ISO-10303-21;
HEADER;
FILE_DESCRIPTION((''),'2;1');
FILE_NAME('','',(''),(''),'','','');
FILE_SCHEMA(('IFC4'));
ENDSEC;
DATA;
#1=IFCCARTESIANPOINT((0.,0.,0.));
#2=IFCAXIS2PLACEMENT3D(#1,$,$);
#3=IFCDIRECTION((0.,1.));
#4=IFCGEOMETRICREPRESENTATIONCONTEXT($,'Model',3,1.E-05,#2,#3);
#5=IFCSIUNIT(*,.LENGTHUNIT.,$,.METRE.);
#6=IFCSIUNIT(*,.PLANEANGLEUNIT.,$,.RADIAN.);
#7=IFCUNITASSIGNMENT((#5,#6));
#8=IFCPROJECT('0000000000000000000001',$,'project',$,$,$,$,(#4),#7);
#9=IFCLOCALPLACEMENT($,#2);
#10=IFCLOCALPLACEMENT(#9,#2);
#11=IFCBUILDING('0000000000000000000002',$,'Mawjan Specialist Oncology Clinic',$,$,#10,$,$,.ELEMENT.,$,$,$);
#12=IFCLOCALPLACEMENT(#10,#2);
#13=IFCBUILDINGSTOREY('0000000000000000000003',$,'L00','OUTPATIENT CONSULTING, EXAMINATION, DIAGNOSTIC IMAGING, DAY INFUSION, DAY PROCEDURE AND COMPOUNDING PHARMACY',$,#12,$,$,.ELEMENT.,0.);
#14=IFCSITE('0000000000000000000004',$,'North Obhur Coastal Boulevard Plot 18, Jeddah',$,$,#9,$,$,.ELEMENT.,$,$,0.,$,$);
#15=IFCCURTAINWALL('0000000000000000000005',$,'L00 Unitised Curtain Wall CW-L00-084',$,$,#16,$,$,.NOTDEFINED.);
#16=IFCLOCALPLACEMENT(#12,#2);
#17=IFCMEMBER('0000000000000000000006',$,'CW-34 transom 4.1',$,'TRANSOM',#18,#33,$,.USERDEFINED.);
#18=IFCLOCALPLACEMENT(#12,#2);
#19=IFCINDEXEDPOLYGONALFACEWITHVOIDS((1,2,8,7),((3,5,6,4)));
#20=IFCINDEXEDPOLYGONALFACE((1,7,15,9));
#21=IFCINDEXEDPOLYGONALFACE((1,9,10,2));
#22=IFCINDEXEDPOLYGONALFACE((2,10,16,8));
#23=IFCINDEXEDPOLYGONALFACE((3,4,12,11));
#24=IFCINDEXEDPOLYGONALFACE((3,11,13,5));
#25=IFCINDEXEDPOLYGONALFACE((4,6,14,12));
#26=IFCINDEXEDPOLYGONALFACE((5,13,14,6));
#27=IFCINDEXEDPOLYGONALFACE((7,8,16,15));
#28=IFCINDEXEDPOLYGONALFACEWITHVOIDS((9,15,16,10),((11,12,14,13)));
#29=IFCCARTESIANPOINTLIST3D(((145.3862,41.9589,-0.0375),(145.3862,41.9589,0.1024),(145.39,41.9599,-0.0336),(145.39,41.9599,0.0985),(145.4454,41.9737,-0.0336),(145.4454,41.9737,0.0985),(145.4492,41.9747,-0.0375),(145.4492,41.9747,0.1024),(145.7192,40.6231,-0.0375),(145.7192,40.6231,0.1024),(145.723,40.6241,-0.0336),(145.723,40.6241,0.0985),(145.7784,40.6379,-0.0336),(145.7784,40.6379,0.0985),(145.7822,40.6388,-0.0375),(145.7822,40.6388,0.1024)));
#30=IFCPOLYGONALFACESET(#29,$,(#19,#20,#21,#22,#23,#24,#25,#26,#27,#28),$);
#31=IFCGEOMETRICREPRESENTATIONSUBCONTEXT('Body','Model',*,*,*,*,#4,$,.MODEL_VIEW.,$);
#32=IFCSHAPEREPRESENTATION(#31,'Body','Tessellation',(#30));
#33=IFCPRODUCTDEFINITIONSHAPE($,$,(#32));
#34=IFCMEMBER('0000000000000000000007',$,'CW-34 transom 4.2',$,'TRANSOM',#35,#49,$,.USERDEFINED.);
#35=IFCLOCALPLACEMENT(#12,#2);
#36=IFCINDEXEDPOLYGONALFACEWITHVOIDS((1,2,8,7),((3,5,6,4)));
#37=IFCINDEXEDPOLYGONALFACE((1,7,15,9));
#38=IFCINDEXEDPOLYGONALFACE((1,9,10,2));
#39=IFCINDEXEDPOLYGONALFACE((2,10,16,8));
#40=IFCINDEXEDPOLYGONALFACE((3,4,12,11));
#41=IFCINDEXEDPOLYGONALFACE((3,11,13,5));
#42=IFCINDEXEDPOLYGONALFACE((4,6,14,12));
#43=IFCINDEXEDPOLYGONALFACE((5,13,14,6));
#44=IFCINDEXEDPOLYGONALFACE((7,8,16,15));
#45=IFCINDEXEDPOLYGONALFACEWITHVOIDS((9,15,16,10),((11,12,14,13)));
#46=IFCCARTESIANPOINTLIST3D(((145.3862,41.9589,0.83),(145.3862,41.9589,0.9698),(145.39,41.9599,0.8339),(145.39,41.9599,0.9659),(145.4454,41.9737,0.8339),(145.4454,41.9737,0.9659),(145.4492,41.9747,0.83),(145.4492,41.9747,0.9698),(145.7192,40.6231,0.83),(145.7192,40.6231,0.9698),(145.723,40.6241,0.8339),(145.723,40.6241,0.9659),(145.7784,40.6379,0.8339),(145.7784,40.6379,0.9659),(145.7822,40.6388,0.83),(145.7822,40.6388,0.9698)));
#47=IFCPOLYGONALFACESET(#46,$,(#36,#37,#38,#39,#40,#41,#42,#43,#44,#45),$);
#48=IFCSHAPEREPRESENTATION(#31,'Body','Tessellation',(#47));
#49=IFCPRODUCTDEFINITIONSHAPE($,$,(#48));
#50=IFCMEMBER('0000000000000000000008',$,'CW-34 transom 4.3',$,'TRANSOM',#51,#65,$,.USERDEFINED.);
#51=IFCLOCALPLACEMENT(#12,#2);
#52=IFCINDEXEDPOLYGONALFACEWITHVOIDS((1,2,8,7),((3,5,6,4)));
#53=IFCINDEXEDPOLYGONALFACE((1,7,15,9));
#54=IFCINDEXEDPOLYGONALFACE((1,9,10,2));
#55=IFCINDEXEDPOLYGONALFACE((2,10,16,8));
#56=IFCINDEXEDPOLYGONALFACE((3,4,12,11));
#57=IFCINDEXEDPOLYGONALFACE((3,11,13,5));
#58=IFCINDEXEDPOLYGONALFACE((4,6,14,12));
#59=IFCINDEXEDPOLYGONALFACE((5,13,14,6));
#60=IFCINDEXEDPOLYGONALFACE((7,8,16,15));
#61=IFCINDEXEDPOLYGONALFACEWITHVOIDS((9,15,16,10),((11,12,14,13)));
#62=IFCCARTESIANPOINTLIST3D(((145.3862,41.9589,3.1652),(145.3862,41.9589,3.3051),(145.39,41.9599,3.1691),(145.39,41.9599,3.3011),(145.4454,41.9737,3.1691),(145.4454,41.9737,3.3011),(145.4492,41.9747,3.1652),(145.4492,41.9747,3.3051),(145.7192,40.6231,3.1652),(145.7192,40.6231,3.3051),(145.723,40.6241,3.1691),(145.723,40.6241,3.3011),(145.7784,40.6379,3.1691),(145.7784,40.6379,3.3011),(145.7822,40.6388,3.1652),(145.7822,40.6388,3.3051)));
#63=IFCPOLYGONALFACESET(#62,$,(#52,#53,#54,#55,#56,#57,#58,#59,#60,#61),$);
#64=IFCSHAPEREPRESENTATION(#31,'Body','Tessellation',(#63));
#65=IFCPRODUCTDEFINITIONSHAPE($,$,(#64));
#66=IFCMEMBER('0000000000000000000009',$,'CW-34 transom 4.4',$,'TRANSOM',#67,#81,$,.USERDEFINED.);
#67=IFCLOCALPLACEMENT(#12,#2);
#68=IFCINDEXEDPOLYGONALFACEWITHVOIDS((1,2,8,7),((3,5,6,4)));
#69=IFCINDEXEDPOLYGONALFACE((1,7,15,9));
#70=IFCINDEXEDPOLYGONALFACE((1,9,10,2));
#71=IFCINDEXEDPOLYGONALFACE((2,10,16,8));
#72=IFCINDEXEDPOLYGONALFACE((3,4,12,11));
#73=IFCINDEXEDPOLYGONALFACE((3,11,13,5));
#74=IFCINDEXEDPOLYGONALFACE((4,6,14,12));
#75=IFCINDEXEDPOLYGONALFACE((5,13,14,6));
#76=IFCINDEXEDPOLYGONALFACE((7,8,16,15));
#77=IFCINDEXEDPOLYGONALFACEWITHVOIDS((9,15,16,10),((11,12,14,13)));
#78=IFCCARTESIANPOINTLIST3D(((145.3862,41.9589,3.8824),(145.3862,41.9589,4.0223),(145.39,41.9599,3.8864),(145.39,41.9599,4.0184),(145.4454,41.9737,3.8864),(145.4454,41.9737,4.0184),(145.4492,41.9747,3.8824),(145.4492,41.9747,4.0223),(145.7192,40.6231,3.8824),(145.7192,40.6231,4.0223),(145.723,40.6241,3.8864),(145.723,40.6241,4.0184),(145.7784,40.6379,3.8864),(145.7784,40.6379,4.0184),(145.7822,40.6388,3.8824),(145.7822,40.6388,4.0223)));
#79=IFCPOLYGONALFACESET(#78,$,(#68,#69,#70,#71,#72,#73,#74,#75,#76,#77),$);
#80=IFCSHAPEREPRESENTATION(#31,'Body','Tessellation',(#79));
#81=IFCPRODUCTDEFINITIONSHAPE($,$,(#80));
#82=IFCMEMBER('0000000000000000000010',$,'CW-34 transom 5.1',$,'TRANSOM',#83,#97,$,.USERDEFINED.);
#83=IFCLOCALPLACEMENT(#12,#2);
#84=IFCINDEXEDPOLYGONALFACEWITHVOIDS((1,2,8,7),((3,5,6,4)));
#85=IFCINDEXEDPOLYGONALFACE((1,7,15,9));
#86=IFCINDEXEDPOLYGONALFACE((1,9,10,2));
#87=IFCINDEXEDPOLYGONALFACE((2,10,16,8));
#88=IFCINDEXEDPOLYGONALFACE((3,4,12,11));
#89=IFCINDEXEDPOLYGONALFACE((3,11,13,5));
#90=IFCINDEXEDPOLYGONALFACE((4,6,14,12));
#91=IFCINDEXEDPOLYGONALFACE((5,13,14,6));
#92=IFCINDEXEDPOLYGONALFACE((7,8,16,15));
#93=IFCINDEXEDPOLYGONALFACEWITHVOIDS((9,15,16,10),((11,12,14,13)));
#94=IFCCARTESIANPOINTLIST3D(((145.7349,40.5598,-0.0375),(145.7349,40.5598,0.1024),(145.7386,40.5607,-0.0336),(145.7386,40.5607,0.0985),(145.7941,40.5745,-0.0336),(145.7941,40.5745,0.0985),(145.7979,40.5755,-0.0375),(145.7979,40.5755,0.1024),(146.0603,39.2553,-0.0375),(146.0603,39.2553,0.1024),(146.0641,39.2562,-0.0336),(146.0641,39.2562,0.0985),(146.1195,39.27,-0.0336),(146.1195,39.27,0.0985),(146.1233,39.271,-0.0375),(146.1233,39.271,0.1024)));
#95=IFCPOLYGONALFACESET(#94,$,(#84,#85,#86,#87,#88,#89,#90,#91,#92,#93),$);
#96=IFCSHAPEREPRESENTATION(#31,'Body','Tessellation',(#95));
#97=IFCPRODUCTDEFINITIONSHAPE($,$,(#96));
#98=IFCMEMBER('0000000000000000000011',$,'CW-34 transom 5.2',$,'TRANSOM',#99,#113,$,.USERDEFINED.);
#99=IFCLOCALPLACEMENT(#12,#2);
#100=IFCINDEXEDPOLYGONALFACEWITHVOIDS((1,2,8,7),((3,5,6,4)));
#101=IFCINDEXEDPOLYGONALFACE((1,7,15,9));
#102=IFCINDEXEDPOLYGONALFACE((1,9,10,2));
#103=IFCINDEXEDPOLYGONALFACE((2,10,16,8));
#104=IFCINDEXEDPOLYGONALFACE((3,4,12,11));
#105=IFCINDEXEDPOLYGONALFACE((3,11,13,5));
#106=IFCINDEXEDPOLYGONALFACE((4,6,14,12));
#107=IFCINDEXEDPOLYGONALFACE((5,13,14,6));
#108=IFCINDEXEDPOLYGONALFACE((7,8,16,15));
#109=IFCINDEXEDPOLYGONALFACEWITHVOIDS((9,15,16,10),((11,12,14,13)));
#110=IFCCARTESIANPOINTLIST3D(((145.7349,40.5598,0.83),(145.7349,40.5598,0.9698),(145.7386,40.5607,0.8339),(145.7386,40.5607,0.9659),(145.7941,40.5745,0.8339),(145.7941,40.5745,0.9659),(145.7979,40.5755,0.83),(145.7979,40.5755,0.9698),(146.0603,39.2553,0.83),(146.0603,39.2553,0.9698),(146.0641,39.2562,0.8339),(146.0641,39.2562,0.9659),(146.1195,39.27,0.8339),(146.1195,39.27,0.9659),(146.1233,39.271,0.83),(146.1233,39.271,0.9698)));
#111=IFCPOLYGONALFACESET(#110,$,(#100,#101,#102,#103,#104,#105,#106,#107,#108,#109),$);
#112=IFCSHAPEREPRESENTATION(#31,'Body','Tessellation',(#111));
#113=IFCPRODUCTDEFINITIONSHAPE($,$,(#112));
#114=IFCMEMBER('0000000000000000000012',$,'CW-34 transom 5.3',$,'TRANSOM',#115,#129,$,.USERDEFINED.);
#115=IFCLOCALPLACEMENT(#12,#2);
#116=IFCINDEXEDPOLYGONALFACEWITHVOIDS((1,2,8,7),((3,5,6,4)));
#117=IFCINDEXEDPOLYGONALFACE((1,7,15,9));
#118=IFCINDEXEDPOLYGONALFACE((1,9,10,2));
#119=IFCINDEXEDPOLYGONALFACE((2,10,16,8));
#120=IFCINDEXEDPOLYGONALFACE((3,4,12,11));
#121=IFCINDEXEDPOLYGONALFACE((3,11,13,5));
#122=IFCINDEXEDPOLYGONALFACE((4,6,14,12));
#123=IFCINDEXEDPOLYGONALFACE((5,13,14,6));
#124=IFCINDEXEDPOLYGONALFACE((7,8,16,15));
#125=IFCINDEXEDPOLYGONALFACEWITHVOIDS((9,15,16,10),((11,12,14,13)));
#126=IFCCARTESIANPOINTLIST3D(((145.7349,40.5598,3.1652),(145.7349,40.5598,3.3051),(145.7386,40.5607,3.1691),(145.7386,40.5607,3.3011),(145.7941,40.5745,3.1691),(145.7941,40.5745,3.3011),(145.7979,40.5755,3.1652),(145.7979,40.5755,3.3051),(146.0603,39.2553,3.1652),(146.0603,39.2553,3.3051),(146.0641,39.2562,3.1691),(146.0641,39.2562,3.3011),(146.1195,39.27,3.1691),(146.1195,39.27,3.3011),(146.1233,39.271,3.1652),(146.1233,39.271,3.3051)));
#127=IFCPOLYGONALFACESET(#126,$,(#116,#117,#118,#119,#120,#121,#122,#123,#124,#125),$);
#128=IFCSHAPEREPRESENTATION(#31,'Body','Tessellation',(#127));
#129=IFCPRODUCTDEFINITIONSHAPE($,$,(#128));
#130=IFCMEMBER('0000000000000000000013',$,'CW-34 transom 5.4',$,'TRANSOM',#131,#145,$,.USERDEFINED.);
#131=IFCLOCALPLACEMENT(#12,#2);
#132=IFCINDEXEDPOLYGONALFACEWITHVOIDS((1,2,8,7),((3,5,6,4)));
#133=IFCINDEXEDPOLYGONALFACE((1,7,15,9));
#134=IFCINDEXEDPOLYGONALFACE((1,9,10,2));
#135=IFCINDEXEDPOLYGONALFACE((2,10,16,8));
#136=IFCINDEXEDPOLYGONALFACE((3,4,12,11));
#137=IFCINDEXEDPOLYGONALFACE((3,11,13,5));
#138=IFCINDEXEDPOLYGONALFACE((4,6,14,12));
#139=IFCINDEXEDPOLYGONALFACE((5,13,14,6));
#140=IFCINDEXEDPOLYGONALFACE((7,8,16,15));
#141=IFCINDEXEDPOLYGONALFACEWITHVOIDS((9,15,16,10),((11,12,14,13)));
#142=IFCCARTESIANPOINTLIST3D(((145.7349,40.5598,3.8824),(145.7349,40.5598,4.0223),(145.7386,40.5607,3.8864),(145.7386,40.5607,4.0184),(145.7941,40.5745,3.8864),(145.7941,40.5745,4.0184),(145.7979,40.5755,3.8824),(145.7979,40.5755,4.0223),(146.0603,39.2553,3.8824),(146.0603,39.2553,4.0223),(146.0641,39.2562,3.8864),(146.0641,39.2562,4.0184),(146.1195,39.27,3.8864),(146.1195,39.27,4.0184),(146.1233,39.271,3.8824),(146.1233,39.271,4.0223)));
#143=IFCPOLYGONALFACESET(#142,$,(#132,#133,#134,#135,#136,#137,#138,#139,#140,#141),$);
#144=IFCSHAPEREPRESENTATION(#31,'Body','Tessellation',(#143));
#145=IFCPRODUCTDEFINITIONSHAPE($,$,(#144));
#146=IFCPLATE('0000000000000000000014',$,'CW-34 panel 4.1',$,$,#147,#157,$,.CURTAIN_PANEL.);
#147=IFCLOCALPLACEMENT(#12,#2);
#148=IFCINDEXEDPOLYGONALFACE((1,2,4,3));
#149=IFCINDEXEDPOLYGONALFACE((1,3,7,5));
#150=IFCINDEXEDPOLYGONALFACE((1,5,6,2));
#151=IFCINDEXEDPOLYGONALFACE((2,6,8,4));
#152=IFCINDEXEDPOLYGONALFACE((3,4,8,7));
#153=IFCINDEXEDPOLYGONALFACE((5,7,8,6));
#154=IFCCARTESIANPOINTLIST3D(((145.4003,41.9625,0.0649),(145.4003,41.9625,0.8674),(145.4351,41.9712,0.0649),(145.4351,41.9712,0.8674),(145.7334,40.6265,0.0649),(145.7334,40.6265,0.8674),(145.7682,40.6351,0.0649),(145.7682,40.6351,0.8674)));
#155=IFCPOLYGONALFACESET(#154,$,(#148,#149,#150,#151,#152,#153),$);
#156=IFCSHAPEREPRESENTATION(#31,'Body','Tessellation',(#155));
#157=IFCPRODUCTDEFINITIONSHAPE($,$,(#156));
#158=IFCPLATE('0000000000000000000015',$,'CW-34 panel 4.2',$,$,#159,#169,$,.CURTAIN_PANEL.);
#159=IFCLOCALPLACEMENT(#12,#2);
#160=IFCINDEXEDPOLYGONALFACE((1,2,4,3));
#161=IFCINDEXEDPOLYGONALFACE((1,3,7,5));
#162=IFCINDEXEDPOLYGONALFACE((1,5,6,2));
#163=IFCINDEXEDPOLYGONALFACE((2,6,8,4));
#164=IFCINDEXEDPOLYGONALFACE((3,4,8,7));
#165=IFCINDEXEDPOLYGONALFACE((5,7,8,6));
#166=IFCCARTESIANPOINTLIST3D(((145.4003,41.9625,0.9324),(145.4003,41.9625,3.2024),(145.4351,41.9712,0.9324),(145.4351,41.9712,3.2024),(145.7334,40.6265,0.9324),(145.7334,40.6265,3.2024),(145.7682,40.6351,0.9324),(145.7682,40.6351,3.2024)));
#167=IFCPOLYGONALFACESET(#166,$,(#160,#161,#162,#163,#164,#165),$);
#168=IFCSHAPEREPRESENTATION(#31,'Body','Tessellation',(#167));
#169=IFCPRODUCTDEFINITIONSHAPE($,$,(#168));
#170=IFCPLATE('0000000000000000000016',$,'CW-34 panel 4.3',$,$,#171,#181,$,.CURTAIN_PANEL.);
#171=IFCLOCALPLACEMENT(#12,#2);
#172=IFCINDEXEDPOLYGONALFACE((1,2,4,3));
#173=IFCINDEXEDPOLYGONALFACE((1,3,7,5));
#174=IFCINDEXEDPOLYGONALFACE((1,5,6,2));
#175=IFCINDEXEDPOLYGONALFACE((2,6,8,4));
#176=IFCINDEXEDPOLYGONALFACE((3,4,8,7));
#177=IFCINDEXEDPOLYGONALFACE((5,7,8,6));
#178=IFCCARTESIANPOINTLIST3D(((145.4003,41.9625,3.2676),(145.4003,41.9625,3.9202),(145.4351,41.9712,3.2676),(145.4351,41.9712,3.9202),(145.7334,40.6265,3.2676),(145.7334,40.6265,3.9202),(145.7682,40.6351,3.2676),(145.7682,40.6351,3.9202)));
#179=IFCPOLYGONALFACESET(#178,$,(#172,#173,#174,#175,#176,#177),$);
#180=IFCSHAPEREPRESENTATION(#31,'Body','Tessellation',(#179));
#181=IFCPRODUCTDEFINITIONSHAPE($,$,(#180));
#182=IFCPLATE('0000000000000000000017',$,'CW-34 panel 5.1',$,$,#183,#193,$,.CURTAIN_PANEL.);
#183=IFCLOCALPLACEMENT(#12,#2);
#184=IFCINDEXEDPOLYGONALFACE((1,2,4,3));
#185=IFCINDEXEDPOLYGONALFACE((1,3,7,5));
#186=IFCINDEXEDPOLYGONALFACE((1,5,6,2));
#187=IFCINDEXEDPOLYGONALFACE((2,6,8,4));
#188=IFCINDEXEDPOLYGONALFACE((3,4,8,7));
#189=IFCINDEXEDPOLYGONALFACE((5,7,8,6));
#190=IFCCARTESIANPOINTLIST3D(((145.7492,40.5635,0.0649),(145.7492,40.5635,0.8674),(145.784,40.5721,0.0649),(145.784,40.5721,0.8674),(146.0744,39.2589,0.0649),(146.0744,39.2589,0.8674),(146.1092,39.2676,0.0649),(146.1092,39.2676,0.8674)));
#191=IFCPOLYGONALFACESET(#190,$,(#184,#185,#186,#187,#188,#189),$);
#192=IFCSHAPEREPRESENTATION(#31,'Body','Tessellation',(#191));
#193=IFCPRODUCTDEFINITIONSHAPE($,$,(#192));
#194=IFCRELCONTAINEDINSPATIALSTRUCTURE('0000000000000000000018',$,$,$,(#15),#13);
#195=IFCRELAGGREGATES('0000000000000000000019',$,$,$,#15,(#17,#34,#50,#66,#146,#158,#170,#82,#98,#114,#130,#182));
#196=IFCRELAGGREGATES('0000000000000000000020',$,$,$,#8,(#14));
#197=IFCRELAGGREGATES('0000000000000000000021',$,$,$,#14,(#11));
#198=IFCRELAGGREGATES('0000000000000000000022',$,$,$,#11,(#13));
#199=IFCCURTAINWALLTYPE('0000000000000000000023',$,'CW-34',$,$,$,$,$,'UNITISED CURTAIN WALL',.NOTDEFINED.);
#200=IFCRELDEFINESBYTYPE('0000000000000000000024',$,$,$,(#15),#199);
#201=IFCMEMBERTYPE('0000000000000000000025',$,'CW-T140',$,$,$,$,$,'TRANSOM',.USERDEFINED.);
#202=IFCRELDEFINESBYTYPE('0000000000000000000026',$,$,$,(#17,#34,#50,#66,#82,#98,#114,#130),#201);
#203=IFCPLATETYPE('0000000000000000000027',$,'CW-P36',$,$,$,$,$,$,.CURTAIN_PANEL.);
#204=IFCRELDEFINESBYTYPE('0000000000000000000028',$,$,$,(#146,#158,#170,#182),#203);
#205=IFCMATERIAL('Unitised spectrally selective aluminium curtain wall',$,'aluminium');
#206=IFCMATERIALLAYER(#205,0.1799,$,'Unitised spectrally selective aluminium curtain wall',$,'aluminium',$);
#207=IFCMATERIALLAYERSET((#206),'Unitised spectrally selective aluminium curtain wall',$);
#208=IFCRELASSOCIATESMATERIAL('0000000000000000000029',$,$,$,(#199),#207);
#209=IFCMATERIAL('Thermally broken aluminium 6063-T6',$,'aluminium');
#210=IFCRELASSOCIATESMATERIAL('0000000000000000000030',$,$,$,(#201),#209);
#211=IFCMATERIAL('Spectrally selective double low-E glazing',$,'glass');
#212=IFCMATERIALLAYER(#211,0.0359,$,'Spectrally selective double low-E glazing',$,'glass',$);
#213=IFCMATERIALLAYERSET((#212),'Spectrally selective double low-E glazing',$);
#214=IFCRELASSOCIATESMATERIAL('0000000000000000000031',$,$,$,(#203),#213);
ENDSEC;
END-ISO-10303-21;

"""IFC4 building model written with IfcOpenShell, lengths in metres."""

from ifc_helpers import new_model, si_unit, direction, frame, origin, origin_2d, place, context, subcontext, project, spatial, rectangle, hollow_rectangle, extrude, material, layer, layer_set, material_profile, profile_set, type_object, element, aggregate, save


model = new_model("IFC4")

# Units and contexts
model_context = context("Model", 3, precision=1e-05, world=origin(), true_north=direction((0.0, 1.0)))
body_context = subcontext(model_context, "Body", "Model", "MODEL_VIEW")
ifc_project = project(units=[si_unit("LENGTHUNIT", "METRE"), si_unit("PLANEANGLEUNIT", "RADIAN")], contexts=[model_context])

# Site, building, storey
site_placement = place(None, origin())
site = spatial("IfcSite", under=ifc_project, at=site_placement, Name="North Obhur Coastal Boulevard Plot 18, Jeddah", CompositionType="ELEMENT", RefElevation=0.0)
building_placement = place(site_placement, origin())
building = spatial("IfcBuilding", under=site, at=building_placement, Name="Mawjan Specialist Oncology Clinic", CompositionType="ELEMENT")
storey_placement = place(building_placement, origin())
storey = spatial("IfcBuildingStorey", under=building, at=storey_placement, Name="L00", Description="OUTPATIENT CONSULTING, EXAMINATION, DIAGNOSTIC IMAGING, DAY INFUSION, DAY PROCEDURE AND COMPOUNDING PHARMACY", CompositionType="ELEMENT", Elevation=0.0)

# Curtain wall, members, plates
ifc_material_1 = material(Name="Unitised spectrally selective aluminium curtain wall", Category="aluminium")
ifc_layer_1 = layer(ifc_material_1, 0.1799, Name="Unitised spectrally selective aluminium curtain wall", Category="aluminium")
ifc_layer_set_1 = layer_set([ifc_layer_1], Name="Unitised spectrally selective aluminium curtain wall")
curtain_wall_type = type_object("IfcCurtainWallType", Name="CW-34", ElementType="UNITISED CURTAIN WALL", PredefinedType="NOTDEFINED", material=ifc_layer_set_1)
curtain_wall_placement = place(storey_placement, origin())
curtain_wall = element("IfcCurtainWall", 1, at=curtain_wall_placement, inside=storey, type_object=curtain_wall_type, Name="L00 Unitised Curtain Wall CW-L00-084", PredefinedType="NOTDEFINED")
ifc_material_2 = material(Name="Thermally broken aluminium 6063-T6", Category="aluminium")
ifc_material_profile_1 = material_profile(ifc_material_2, hollow_rectangle(XDim=0.0649, YDim=0.1399, WallThickness=0.0039, at=origin_2d()), Name="ALU TRANSOM 140x65x4", Category="aluminium")
ifc_profile_set_1 = profile_set([ifc_material_profile_1], Name="Thermally broken aluminium 6063-T6")
member_type_1 = type_object("IfcMemberType", Name="CW-T140", ElementType="TRANSOM", PredefinedType="USERDEFINED", material=ifc_profile_set_1)
member_1_placement = place(storey_placement, frame((145.4177, 41.9668, 0.0325), z_axis=(0.241868, -0.970309, 0.0), x_axis=(0.970309, 0.241868, 0.0)))
member_1 = element("IfcMember", 2, at=member_1_placement, type_object=member_type_1, Name="CW-34 transom 4.1", ObjectType="TRANSOM", PredefinedType="USERDEFINED", context=body_context, shape_type="SweptSolid", body=[
    extrude(hollow_rectangle(XDim=0.0649, YDim=0.1399, WallThickness=0.0039, at=origin_2d()), origin(), (0.0, 0.0, 1.0), 1.3767),
])
member_2_placement = place(storey_placement, frame((145.4177, 41.9668, 0.8999), z_axis=(0.241868, -0.970309, 0.0), x_axis=(0.970309, 0.241868, 0.0)))
member_2 = element("IfcMember", 3, at=member_2_placement, type_object=member_type_1, Name="CW-34 transom 4.2", ObjectType="TRANSOM", PredefinedType="USERDEFINED", context=body_context, shape_type="SweptSolid", body=[
    extrude(hollow_rectangle(XDim=0.0649, YDim=0.1399, WallThickness=0.0039, at=origin_2d()), origin(), (0.0, 0.0, 1.0), 1.3767),
])
member_3_placement = place(storey_placement, frame((145.4177, 41.9668, 3.2351), z_axis=(0.241868, -0.970309, 0.0), x_axis=(0.970309, 0.241868, 0.0)))
member_3 = element("IfcMember", 4, at=member_3_placement, type_object=member_type_1, Name="CW-34 transom 4.3", ObjectType="TRANSOM", PredefinedType="USERDEFINED", context=body_context, shape_type="SweptSolid", body=[
    extrude(hollow_rectangle(XDim=0.0649, YDim=0.1399, WallThickness=0.0039, at=origin_2d()), origin(), (0.0, 0.0, 1.0), 1.3767),
])
member_4_placement = place(storey_placement, frame((145.4177, 41.9668, 3.9524), z_axis=(0.241868, -0.970309, 0.0), x_axis=(0.970309, 0.241868, 0.0)))
member_4 = element("IfcMember", 5, at=member_4_placement, type_object=member_type_1, Name="CW-34 transom 4.4", ObjectType="TRANSOM", PredefinedType="USERDEFINED", context=body_context, shape_type="SweptSolid", body=[
    extrude(hollow_rectangle(XDim=0.0649, YDim=0.1399, WallThickness=0.0039, at=origin_2d()), origin(), (0.0, 0.0, 1.0), 1.3767),
])
member_5_placement = place(storey_placement, frame((145.7664, 40.5676, 0.0325), z_axis=(0.242066, -0.97026, 0.0), x_axis=(0.97026, 0.242066, 0.0)))
member_5 = element("IfcMember", 6, at=member_5_placement, type_object=member_type_1, Name="CW-34 transom 5.1", ObjectType="TRANSOM", PredefinedType="USERDEFINED", context=body_context, shape_type="SweptSolid", body=[
    extrude(hollow_rectangle(XDim=0.0649, YDim=0.1399, WallThickness=0.0039, at=origin_2d()), origin(), (0.0, 0.0, 1.0), 1.3445),
])
member_6_placement = place(storey_placement, frame((145.7664, 40.5676, 0.8999), z_axis=(0.242066, -0.97026, 0.0), x_axis=(0.97026, 0.242066, 0.0)))
member_6 = element("IfcMember", 7, at=member_6_placement, type_object=member_type_1, Name="CW-34 transom 5.2", ObjectType="TRANSOM", PredefinedType="USERDEFINED", context=body_context, shape_type="SweptSolid", body=[
    extrude(hollow_rectangle(XDim=0.0649, YDim=0.1399, WallThickness=0.0039, at=origin_2d()), origin(), (0.0, 0.0, 1.0), 1.3445),
])
member_7_placement = place(storey_placement, frame((145.7664, 40.5676, 3.2351), z_axis=(0.242066, -0.97026, 0.0), x_axis=(0.97026, 0.242066, 0.0)))
member_7 = element("IfcMember", 8, at=member_7_placement, type_object=member_type_1, Name="CW-34 transom 5.3", ObjectType="TRANSOM", PredefinedType="USERDEFINED", context=body_context, shape_type="SweptSolid", body=[
    extrude(hollow_rectangle(XDim=0.0649, YDim=0.1399, WallThickness=0.0039, at=origin_2d()), origin(), (0.0, 0.0, 1.0), 1.3445),
])
member_8_placement = place(storey_placement, frame((145.7664, 40.5676, 3.9524), z_axis=(0.242066, -0.97026, 0.0), x_axis=(0.97026, 0.242066, 0.0)))
member_8 = element("IfcMember", 9, at=member_8_placement, type_object=member_type_1, Name="CW-34 transom 5.4", ObjectType="TRANSOM", PredefinedType="USERDEFINED", context=body_context, shape_type="SweptSolid", body=[
    extrude(hollow_rectangle(XDim=0.0649, YDim=0.1399, WallThickness=0.0039, at=origin_2d()), origin(), (0.0, 0.0, 1.0), 1.3445),
])
ifc_material_3 = material(Name="Spectrally selective double low-E glazing", Category="glass")
ifc_layer_2 = layer(ifc_material_3, 0.0359, Name="Spectrally selective double low-E glazing", Category="glass")
ifc_layer_set_2 = layer_set([ifc_layer_2], Name="Spectrally selective double low-E glazing")
plate_type = type_object("IfcPlateType", Name="CW-P36", PredefinedType="CURTAIN_PANEL", material=ifc_layer_set_2)
plate_1_placement = place(storey_placement, frame((145.5842, 41.2988, 0.0649), z_axis=(0.0, 0.0, 1.0), x_axis=(0.241922, -0.970296, 0.0)))
plate_1 = element("IfcPlate", 10, at=plate_1_placement, type_object=plate_type, Name="CW-34 panel 4.1", PredefinedType="CURTAIN_PANEL", context=body_context, shape_type="SweptSolid", body=[
    extrude(rectangle(XDim=1.377, YDim=0.0359, at=origin_2d()), origin(), (0.0, 0.0, 1.0), 0.8025),
])
plate_2_placement = place(storey_placement, frame((145.5842, 41.2988, 0.9324), z_axis=(0.0, 0.0, 1.0), x_axis=(0.241922, -0.970296, 0.0)))
plate_2 = element("IfcPlate", 11, at=plate_2_placement, type_object=plate_type, Name="CW-34 panel 4.2", PredefinedType="CURTAIN_PANEL", context=body_context, shape_type="SweptSolid", body=[
    extrude(rectangle(XDim=1.377, YDim=0.0359, at=origin_2d()), origin(), (0.0, 0.0, 1.0), 2.27),
])
plate_3_placement = place(storey_placement, frame((145.5842, 41.2988, 3.2676), z_axis=(0.0, 0.0, 1.0), x_axis=(0.241922, -0.970296, 0.0)))
plate_3 = element("IfcPlate", 12, at=plate_3_placement, type_object=plate_type, Name="CW-34 panel 4.3", PredefinedType="CURTAIN_PANEL", context=body_context, shape_type="SweptSolid", body=[
    extrude(rectangle(XDim=1.377, YDim=0.0359, at=origin_2d()), origin(), (0.0, 0.0, 1.0), 0.6526),
])
plate_4_placement = place(storey_placement, frame((145.9292, 39.9155, 0.0649), z_axis=(0.0, 0.0, 1.0), x_axis=(0.241922, -0.970296, 0.0)))
plate_4 = element("IfcPlate", 13, at=plate_4_placement, type_object=plate_type, Name="CW-34 panel 5.1", PredefinedType="CURTAIN_PANEL", context=body_context, shape_type="SweptSolid", body=[
    extrude(rectangle(XDim=1.3445, YDim=0.0359, at=origin_2d()), origin(), (0.0, 0.0, 1.0), 0.8025),
])
aggregate(curtain_wall, [member_1, member_2, member_3, member_4, plate_1, plate_2, plate_3, member_5, member_6, member_7, member_8, plate_4])

save(model, "model.ifc")
